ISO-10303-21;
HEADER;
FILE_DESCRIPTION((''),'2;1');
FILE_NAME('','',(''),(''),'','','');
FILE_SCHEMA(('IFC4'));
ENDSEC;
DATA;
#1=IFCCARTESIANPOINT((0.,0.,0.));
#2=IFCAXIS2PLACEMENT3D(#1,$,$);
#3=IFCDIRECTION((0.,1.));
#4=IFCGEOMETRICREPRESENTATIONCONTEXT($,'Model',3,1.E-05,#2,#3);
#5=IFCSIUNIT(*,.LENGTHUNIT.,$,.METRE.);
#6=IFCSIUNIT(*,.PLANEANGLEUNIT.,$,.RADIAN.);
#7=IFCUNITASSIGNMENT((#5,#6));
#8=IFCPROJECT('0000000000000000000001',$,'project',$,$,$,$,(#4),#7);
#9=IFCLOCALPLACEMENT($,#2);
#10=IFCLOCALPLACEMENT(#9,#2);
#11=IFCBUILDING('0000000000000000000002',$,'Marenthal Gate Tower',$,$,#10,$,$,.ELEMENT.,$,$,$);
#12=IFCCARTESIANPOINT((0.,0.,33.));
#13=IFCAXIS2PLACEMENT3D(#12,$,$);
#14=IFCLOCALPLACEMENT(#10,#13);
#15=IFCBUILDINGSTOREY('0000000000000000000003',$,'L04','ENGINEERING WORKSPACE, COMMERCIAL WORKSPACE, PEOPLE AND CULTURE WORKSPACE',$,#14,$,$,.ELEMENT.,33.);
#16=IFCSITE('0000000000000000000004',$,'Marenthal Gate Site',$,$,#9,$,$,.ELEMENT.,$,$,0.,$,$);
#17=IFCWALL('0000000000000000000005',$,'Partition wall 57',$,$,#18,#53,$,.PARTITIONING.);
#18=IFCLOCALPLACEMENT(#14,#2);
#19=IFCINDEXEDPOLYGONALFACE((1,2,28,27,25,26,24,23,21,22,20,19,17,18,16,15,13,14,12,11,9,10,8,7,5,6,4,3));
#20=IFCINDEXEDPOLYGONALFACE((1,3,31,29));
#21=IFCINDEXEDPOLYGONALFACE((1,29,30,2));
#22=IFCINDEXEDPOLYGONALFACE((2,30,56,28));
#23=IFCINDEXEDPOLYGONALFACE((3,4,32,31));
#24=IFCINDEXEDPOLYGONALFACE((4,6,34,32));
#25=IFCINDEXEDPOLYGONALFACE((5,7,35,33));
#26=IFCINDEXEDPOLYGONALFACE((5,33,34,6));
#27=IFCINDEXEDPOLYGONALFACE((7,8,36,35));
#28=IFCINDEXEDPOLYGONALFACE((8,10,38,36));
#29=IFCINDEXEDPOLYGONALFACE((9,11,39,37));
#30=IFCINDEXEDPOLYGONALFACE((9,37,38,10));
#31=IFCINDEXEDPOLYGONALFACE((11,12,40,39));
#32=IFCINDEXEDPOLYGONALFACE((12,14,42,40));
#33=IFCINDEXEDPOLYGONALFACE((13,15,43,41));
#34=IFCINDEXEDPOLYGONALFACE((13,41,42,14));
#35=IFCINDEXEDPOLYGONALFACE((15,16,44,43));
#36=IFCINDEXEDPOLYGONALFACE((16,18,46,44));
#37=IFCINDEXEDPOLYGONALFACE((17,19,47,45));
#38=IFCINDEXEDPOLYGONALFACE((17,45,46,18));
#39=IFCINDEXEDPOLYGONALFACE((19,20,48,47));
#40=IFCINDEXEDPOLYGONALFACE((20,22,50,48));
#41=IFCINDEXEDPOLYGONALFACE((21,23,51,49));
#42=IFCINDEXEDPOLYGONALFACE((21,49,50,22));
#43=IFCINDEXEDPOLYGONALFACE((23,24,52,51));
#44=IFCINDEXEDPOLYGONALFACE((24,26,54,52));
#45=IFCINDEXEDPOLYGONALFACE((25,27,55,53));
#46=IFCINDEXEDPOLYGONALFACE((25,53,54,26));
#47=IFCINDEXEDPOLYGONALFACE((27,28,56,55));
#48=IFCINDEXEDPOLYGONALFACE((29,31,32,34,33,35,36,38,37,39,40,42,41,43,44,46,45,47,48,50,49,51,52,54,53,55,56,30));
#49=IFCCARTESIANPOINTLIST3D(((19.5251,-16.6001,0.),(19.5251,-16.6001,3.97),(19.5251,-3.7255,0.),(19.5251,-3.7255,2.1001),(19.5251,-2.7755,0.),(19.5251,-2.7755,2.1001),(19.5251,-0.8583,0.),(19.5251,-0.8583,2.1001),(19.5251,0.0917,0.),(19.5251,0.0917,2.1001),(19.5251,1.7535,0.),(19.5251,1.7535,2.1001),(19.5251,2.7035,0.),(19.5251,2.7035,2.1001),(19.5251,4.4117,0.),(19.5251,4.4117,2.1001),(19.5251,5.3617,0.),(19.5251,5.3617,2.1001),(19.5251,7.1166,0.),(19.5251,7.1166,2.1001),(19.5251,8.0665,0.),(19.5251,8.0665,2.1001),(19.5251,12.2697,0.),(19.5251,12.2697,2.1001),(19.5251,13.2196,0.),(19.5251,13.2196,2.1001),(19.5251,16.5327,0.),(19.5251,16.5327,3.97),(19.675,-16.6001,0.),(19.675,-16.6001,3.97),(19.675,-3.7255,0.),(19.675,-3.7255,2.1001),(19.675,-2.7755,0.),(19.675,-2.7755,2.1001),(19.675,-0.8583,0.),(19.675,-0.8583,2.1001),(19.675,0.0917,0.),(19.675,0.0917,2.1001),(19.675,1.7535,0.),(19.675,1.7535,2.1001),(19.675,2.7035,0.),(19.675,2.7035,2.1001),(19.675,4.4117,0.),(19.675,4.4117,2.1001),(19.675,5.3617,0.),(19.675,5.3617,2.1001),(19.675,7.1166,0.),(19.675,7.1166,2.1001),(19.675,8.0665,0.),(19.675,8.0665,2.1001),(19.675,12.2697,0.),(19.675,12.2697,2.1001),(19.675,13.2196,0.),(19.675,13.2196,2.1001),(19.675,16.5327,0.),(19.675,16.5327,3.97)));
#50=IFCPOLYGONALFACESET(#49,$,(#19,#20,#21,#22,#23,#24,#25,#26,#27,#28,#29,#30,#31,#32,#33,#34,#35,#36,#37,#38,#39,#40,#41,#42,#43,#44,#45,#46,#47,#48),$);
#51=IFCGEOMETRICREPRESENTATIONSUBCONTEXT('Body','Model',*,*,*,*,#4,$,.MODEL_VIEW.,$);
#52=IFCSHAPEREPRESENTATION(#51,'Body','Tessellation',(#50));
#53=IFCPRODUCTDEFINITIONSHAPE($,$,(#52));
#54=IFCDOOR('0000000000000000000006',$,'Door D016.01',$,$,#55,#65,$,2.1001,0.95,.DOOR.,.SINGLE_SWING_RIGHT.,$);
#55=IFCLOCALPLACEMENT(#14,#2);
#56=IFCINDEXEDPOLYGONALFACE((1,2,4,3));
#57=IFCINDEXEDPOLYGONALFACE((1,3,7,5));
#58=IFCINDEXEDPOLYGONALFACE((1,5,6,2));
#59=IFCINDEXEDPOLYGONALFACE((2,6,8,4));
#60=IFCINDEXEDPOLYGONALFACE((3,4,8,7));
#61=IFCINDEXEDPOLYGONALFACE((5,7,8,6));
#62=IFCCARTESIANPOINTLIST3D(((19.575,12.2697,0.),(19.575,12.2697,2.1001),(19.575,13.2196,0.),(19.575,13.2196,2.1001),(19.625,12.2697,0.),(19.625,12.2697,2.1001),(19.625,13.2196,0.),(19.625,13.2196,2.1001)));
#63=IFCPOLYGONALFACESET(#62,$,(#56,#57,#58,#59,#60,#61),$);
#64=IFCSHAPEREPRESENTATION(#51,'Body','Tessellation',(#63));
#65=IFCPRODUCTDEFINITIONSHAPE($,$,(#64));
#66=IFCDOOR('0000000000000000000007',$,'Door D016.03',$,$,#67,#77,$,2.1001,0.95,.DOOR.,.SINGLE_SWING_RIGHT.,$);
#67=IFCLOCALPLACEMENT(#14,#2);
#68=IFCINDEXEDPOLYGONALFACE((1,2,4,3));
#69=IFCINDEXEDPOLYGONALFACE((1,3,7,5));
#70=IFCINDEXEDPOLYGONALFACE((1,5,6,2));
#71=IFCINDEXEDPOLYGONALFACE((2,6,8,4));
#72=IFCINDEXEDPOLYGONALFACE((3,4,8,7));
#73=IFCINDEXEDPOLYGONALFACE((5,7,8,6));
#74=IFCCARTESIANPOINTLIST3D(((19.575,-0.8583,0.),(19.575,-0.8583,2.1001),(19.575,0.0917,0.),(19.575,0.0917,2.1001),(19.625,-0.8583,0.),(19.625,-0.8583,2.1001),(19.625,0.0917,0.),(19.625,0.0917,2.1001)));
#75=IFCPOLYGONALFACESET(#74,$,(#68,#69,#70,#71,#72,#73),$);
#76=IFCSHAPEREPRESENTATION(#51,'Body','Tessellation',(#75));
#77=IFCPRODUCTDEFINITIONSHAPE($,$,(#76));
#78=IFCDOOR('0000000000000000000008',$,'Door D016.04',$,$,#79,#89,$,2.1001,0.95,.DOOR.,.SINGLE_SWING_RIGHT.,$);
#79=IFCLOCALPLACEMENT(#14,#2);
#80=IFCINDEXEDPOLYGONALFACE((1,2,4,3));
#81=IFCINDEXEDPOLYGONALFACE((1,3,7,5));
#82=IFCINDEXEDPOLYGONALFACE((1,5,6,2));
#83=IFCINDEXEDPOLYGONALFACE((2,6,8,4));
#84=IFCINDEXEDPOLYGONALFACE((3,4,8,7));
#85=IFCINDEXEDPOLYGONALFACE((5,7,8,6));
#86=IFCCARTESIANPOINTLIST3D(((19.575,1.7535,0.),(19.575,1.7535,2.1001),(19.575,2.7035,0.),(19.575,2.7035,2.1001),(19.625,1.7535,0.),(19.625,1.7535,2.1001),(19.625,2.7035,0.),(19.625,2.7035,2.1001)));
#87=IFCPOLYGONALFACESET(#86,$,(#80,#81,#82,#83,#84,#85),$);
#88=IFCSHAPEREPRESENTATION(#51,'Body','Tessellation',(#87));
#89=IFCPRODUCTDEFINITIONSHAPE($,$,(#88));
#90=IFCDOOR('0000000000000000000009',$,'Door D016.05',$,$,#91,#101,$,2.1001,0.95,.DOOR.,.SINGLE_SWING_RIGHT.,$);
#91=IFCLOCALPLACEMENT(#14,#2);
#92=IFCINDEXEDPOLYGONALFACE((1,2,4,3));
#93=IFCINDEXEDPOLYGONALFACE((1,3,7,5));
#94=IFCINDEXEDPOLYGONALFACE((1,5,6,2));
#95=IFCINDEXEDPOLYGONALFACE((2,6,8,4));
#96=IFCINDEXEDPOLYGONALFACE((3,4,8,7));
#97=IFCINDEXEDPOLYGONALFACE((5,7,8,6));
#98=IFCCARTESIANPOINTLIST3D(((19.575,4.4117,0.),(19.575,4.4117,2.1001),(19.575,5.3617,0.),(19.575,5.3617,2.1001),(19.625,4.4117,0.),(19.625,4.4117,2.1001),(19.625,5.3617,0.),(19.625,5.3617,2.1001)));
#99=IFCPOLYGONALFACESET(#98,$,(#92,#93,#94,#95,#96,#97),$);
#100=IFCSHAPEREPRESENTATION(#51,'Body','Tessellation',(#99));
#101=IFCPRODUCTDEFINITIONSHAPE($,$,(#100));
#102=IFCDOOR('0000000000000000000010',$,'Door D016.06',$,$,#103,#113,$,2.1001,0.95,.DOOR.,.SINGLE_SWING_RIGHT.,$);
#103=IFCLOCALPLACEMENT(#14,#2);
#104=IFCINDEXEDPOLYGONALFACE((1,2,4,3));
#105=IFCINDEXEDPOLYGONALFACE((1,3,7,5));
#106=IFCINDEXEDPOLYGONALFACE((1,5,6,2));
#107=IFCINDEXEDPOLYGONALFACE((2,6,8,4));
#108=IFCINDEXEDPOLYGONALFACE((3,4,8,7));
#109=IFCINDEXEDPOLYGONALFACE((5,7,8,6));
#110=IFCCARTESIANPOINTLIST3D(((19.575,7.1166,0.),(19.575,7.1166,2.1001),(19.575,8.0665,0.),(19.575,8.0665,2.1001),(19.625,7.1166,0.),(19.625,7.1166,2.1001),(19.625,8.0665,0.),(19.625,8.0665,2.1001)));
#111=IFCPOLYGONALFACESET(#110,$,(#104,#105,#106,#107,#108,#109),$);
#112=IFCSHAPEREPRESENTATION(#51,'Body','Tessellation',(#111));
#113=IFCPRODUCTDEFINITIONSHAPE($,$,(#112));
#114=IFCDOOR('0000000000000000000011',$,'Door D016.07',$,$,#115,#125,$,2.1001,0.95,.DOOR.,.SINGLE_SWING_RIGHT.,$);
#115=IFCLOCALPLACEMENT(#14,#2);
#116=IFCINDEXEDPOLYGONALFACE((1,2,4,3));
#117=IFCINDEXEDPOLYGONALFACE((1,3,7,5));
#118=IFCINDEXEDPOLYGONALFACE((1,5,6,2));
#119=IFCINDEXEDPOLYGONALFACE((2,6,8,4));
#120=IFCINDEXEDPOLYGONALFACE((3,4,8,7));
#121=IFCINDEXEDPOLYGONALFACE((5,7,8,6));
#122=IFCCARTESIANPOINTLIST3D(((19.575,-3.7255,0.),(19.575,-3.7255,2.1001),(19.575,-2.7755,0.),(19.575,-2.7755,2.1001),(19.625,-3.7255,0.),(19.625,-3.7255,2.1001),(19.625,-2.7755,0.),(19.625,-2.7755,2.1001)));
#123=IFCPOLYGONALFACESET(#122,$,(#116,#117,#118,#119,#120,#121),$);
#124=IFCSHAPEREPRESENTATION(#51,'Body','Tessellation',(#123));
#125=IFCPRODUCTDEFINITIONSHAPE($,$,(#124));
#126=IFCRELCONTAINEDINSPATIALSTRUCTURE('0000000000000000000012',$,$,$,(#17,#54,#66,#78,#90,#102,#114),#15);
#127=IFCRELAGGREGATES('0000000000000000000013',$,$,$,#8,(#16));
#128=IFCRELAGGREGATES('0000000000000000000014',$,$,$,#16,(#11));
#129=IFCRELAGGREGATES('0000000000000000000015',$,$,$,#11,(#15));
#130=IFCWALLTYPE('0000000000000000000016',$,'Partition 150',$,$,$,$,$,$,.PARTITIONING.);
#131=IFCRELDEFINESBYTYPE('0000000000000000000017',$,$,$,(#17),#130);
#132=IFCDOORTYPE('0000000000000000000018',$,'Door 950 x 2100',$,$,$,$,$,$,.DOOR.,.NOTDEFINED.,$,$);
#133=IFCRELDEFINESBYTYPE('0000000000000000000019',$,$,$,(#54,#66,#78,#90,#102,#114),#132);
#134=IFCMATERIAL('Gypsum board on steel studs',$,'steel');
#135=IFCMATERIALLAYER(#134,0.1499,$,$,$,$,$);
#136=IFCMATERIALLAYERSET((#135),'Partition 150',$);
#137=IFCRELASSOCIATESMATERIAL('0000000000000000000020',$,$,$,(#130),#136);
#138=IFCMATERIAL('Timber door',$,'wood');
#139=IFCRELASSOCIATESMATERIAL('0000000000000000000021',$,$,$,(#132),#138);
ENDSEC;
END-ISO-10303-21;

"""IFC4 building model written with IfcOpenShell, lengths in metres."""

from ifc_helpers import new_model, si_unit, direction, frame, frame_2d, origin, place, context, subcontext, project, spatial, rectangle, extrude, material, layer, layer_set, type_object, element, fill, save


model = new_model("IFC4")

# Units and contexts
model_context = context("Model", 3, precision=1e-05, world=origin(), true_north=direction((0.0, 1.0)))
body_context = subcontext(model_context, "Body", "Model", "MODEL_VIEW")
ifc_project = project(units=[si_unit("LENGTHUNIT", "METRE"), si_unit("PLANEANGLEUNIT", "RADIAN")], contexts=[model_context])

# Site, building, storey
site_placement = place(None, origin())
site = spatial("IfcSite", under=ifc_project, at=site_placement, Name="Marenthal Gate Site", CompositionType="ELEMENT", RefElevation=0.0)
building_placement = place(site_placement, origin())
building = spatial("IfcBuilding", under=site, at=building_placement, Name="Marenthal Gate Tower", CompositionType="ELEMENT")
storey_placement = place(building_placement, frame((0.0, 0.0, 33.0)))
storey = spatial("IfcBuildingStorey", under=building, at=storey_placement, Name="L04", Description="ENGINEERING WORKSPACE, COMMERCIAL WORKSPACE, PEOPLE AND CULTURE WORKSPACE", CompositionType="ELEMENT", Elevation=33.0)

# Wall, openings, doors
ifc_material_1 = material(Name="Gypsum board on steel studs", Category="steel")
ifc_layer_1 = layer(ifc_material_1, 0.1499)
ifc_layer_set_1 = layer_set([ifc_layer_1], Name="Partition 150")
wall_type_1 = type_object("IfcWallType", Name="Partition 150", PredefinedType="PARTITIONING", material=ifc_layer_set_1)
wall_1_placement = place(storey_placement, frame((19.6001, 16.5327, 0.0), z_axis=(0.0, 0.0, 1.0), x_axis=(0.0, -1.0, 0.0)))
wall_1 = element("IfcWall", 1, at=wall_1_placement, inside=storey, type_object=wall_type_1, Name="Partition wall 57", PredefinedType="PARTITIONING", context=body_context, shape_type="SweptSolid", body=[
    extrude(rectangle(XDim=33.1328, YDim=0.1499, at=frame_2d((16.5664, 0.0))), origin(), (0.0, 0.0, 1.0), 3.97),
])
opening_1_placement = place(wall_1_placement, frame((3.313, 0.0, 0.0)))
opening_1 = element("IfcOpeningElement", 2, at=opening_1_placement, cuts=wall_1, PredefinedType="OPENING", context=body_context, shape_type="SweptSolid", body=[
    extrude(rectangle(XDim=0.95, YDim=2.1001, at=frame_2d((0.4751, 1.05))), frame((0.0, 0.085, 0.0), z_axis=(0.0, -1.0, 0.0), x_axis=(1.0, 0.0, 0.0)), (0.0, 0.0, 1.0), 0.1699),
])
opening_2_placement = place(wall_1_placement, frame((16.4409, 0.0, 0.0)))
opening_2 = element("IfcOpeningElement", 3, at=opening_2_placement, cuts=wall_1, PredefinedType="OPENING", context=body_context, shape_type="SweptSolid", body=[
    extrude(rectangle(XDim=0.95, YDim=2.1001, at=frame_2d((0.4751, 1.05))), frame((0.0, 0.085, 0.0), z_axis=(0.0, -1.0, 0.0), x_axis=(1.0, 0.0, 0.0)), (0.0, 0.0, 1.0), 0.1699),
])
opening_3_placement = place(wall_1_placement, frame((13.8291, 0.0, 0.0)))
opening_3 = element("IfcOpeningElement", 4, at=opening_3_placement, cuts=wall_1, PredefinedType="OPENING", context=body_context, shape_type="SweptSolid", body=[
    extrude(rectangle(XDim=0.95, YDim=2.1001, at=frame_2d((0.4751, 1.05))), frame((0.0, 0.085, 0.0), z_axis=(0.0, -1.0, 0.0), x_axis=(1.0, 0.0, 0.0)), (0.0, 0.0, 1.0), 0.1699),
])
opening_4_placement = place(wall_1_placement, frame((11.1709, 0.0, 0.0)))
opening_4 = element("IfcOpeningElement", 5, at=opening_4_placement, cuts=wall_1, PredefinedType="OPENING", context=body_context, shape_type="SweptSolid", body=[
    extrude(rectangle(XDim=0.95, YDim=2.1001, at=frame_2d((0.4751, 1.05))), frame((0.0, 0.085, 0.0), z_axis=(0.0, -1.0, 0.0), x_axis=(1.0, 0.0, 0.0)), (0.0, 0.0, 1.0), 0.1699),
])
opening_5_placement = place(wall_1_placement, frame((8.4661, 0.0, 0.0)))
opening_5 = element("IfcOpeningElement", 6, at=opening_5_placement, cuts=wall_1, PredefinedType="OPENING", context=body_context, shape_type="SweptSolid", body=[
    extrude(rectangle(XDim=0.95, YDim=2.1001, at=frame_2d((0.4751, 1.05))), frame((0.0, 0.085, 0.0), z_axis=(0.0, -1.0, 0.0), x_axis=(1.0, 0.0, 0.0)), (0.0, 0.0, 1.0), 0.1699),
])
opening_6_placement = place(wall_1_placement, frame((19.3081, 0.0, 0.0)))
opening_6 = element("IfcOpeningElement", 7, at=opening_6_placement, cuts=wall_1, PredefinedType="OPENING", context=body_context, shape_type="SweptSolid", body=[
    extrude(rectangle(XDim=0.95, YDim=2.1001, at=frame_2d((0.4751, 1.05))), frame((0.0, 0.085, 0.0), z_axis=(0.0, -1.0, 0.0), x_axis=(1.0, 0.0, 0.0)), (0.0, 0.0, 1.0), 0.1699),
])
ifc_material_2 = material(Name="Timber door", Category="wood")
door_type_1 = type_object("IfcDoorType", Name="Door 950 x 2100", OperationType="NOTDEFINED", PredefinedType="DOOR", material=ifc_material_2)
door_1_placement = place(opening_1_placement, origin())
door_1 = element("IfcDoor", 8, at=door_1_placement, inside=storey, type_object=door_type_1, Name="Door D016.01", OperationType="SINGLE_SWING_RIGHT", OverallHeight=2.1001, OverallWidth=0.95, PredefinedType="DOOR", context=body_context, shape_type="SweptSolid", body=[
    extrude(rectangle(XDim=0.95, YDim=2.1001, at=frame_2d((0.4751, 1.05))), frame((0.0, 0.0249, 0.0), z_axis=(0.0, -1.0, 0.0), x_axis=(1.0, 0.0, 0.0)), (0.0, 0.0, 1.0), 0.05),
])
fill(opening_1, door_1)
door_2_placement = place(opening_2_placement, origin())
door_2 = element("IfcDoor", 9, at=door_2_placement, inside=storey, type_object=door_type_1, Name="Door D016.03", OperationType="SINGLE_SWING_RIGHT", OverallHeight=2.1001, OverallWidth=0.95, PredefinedType="DOOR", context=body_context, shape_type="SweptSolid", body=[
    extrude(rectangle(XDim=0.95, YDim=2.1001, at=frame_2d((0.4751, 1.05))), frame((0.0, 0.0249, 0.0), z_axis=(0.0, -1.0, 0.0), x_axis=(1.0, 0.0, 0.0)), (0.0, 0.0, 1.0), 0.05),
])
fill(opening_2, door_2)
door_3_placement = place(opening_3_placement, origin())
door_3 = element("IfcDoor", 10, at=door_3_placement, inside=storey, type_object=door_type_1, Name="Door D016.04", OperationType="SINGLE_SWING_RIGHT", OverallHeight=2.1001, OverallWidth=0.95, PredefinedType="DOOR", context=body_context, shape_type="SweptSolid", body=[
    extrude(rectangle(XDim=0.95, YDim=2.1001, at=frame_2d((0.4751, 1.05))), frame((0.0, 0.0249, 0.0), z_axis=(0.0, -1.0, 0.0), x_axis=(1.0, 0.0, 0.0)), (0.0, 0.0, 1.0), 0.05),
])
fill(opening_3, door_3)
door_4_placement = place(opening_4_placement, origin())
door_4 = element("IfcDoor", 11, at=door_4_placement, inside=storey, type_object=door_type_1, Name="Door D016.05", OperationType="SINGLE_SWING_RIGHT", OverallHeight=2.1001, OverallWidth=0.95, PredefinedType="DOOR", context=body_context, shape_type="SweptSolid", body=[
    extrude(rectangle(XDim=0.95, YDim=2.1001, at=frame_2d((0.4751, 1.05))), frame((0.0, 0.0249, 0.0), z_axis=(0.0, -1.0, 0.0), x_axis=(1.0, 0.0, 0.0)), (0.0, 0.0, 1.0), 0.05),
])
fill(opening_4, door_4)
door_5_placement = place(opening_5_placement, origin())
door_5 = element("IfcDoor", 12, at=door_5_placement, inside=storey, type_object=door_type_1, Name="Door D016.06", OperationType="SINGLE_SWING_RIGHT", OverallHeight=2.1001, OverallWidth=0.95, PredefinedType="DOOR", context=body_context, shape_type="SweptSolid", body=[
    extrude(rectangle(XDim=0.95, YDim=2.1001, at=frame_2d((0.4751, 1.05))), frame((0.0, 0.0249, 0.0), z_axis=(0.0, -1.0, 0.0), x_axis=(1.0, 0.0, 0.0)), (0.0, 0.0, 1.0), 0.05),
])
fill(opening_5, door_5)
door_6_placement = place(opening_6_placement, origin())
door_6 = element("IfcDoor", 13, at=door_6_placement, inside=storey, type_object=door_type_1, Name="Door D016.07", OperationType="SINGLE_SWING_RIGHT", OverallHeight=2.1001, OverallWidth=0.95, PredefinedType="DOOR", context=body_context, shape_type="SweptSolid", body=[
    extrude(rectangle(XDim=0.95, YDim=2.1001, at=frame_2d((0.4751, 1.05))), frame((0.0, 0.0249, 0.0), z_axis=(0.0, -1.0, 0.0), x_axis=(1.0, 0.0, 0.0)), (0.0, 0.0, 1.0), 0.05),
])
fill(opening_6, door_6)

save(model, "model.ifc")
